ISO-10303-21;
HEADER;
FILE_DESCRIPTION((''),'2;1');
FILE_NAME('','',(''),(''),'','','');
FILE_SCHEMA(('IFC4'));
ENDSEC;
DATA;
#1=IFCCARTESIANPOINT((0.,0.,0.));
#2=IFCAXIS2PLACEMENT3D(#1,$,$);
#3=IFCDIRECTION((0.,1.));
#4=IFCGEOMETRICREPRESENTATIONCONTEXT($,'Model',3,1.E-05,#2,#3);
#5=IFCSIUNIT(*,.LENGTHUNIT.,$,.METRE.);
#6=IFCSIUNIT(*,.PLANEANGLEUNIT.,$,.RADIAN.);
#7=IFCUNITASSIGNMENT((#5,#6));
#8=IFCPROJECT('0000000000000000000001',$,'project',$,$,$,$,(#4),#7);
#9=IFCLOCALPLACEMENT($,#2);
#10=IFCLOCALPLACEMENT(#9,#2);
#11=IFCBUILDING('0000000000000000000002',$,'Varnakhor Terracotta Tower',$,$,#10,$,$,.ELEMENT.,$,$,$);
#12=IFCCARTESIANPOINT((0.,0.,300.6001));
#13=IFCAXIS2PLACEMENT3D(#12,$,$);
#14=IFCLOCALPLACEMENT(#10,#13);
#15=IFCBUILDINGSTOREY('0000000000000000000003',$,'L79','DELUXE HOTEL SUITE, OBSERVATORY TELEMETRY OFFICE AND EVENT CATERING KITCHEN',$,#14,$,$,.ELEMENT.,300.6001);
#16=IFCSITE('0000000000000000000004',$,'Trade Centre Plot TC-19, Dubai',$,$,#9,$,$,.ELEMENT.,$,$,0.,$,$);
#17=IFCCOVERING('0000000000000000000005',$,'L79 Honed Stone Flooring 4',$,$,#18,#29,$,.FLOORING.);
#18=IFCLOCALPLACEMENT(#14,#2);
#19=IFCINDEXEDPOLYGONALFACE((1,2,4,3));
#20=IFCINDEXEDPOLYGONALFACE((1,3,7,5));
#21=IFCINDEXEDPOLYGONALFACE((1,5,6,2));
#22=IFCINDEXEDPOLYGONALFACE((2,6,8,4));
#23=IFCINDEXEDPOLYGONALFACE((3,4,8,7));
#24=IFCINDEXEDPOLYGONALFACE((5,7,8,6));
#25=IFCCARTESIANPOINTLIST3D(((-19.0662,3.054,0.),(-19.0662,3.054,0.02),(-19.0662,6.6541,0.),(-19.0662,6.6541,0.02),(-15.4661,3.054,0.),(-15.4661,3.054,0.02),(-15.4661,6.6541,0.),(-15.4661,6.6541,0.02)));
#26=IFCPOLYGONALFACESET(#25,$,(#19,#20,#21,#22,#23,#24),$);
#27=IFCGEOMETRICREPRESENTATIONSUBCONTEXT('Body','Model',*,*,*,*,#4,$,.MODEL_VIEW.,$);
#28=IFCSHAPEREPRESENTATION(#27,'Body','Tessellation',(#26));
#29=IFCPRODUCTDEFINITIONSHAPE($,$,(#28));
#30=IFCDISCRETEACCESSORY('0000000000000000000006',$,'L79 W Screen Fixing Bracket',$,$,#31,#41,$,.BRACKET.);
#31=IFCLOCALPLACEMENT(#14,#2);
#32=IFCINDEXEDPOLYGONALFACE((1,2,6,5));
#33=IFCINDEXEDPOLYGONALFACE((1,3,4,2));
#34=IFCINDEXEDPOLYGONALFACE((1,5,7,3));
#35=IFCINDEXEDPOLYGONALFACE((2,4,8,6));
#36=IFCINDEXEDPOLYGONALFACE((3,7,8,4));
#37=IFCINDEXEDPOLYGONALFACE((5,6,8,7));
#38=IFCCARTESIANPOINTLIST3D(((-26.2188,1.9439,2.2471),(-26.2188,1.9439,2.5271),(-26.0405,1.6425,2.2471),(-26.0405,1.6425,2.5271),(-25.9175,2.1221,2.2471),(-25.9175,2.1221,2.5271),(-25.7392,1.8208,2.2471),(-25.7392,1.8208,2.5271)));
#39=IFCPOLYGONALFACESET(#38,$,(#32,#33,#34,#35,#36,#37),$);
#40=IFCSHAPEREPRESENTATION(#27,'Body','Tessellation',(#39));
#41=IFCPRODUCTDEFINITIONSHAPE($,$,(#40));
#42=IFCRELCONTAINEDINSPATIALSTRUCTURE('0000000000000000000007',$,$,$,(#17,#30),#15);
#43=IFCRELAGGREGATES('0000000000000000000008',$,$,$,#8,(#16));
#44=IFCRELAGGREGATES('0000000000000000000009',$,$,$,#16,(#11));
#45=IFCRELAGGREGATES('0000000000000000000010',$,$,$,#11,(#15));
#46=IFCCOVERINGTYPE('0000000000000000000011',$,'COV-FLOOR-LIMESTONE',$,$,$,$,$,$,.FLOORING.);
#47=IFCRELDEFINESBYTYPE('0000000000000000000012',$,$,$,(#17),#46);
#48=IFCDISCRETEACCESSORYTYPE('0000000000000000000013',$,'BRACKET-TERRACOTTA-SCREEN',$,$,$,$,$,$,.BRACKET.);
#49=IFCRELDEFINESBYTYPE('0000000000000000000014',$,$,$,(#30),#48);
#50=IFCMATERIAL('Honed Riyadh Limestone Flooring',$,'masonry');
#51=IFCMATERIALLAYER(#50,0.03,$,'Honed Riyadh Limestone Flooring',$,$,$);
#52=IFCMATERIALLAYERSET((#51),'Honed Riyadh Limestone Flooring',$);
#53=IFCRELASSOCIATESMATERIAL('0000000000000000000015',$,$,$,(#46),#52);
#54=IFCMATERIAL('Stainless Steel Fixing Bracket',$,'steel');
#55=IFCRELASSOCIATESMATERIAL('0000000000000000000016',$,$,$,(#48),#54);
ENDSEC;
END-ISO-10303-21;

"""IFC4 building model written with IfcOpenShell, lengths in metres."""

from ifc_helpers import new_model, si_unit, direction, frame, origin, origin_2d, place, context, subcontext, project, spatial, rectangle, extrude, source, transform, mapped, material, layer, layer_set, type_object, type_shapes, element, save


model = new_model("IFC4")

# Units and contexts
model_context = context("Model", 3, precision=1e-05, world=origin(), true_north=direction((0.0, 1.0)))
body_context = subcontext(model_context, "Body", "Model", "MODEL_VIEW")
ifc_project = project(units=[si_unit("LENGTHUNIT", "METRE"), si_unit("PLANEANGLEUNIT", "RADIAN")], contexts=[model_context])

# Site, building, storey
site_placement = place(None, origin())
site = spatial("IfcSite", under=ifc_project, at=site_placement, Name="Trade Centre Plot TC-19, Dubai", CompositionType="ELEMENT", RefElevation=0.0)
building_placement = place(site_placement, origin())
building = spatial("IfcBuilding", under=site, at=building_placement, Name="Varnakhor Terracotta Tower", CompositionType="ELEMENT")
storey_placement = place(building_placement, frame((0.0, 0.0, 300.6001)))
storey = spatial("IfcBuildingStorey", under=building, at=storey_placement, Name="L79", Description="DELUXE HOTEL SUITE, OBSERVATORY TELEMETRY OFFICE AND EVENT CATERING KITCHEN", CompositionType="ELEMENT", Elevation=300.6001)

# Covering
ifc_material_1 = material(Name="Honed Riyadh Limestone Flooring", Category="masonry")
ifc_layer_1 = layer(ifc_material_1, 0.03, Name="Honed Riyadh Limestone Flooring")
ifc_layer_set_1 = layer_set([ifc_layer_1], Name="Honed Riyadh Limestone Flooring")
covering_type = type_object("IfcCoveringType", Name="COV-FLOOR-LIMESTONE", PredefinedType="FLOORING", material=ifc_layer_set_1)
shared_shape_1 = source(origin(), body_context, "Body", "SweptSolid", [
    extrude(rectangle(XDim=3.6001, YDim=3.6001, at=origin_2d()), origin(), (0.0, 0.0, 1.0), 0.02),
])
covering_placement = place(storey_placement, frame((-17.2661, 4.854, 0.0), z_axis=(0.0, 0.0, 1.0), x_axis=(1.0, 0.0, 0.0)))
element("IfcCovering", 1, at=covering_placement, inside=storey, type_object=covering_type, Name="L79 Honed Stone Flooring 4", PredefinedType="FLOORING", context=body_context, shape_type="MappedRepresentation", body=[
    mapped(shared_shape_1, transform((0.0, 0.0, 0.0), scale=1.0)),
])

# Discrete accessory
ifc_material_2 = material(Name="Stainless Steel Fixing Bracket", Category="steel")
discrete_accessory_type = type_object("IfcDiscreteAccessoryType", Name="BRACKET-TERRACOTTA-SCREEN", PredefinedType="BRACKET", material=ifc_material_2)
shared_shape_2 = source(origin(), body_context, "Body", "SweptSolid", [
    extrude(rectangle(XDim=0.3501, YDim=0.3501, at=origin_2d()), origin(), (0.0, 0.0, 1.0), 0.28),
])
type_shapes(discrete_accessory_type, [shared_shape_2])
discrete_accessory_placement = place(storey_placement, frame((-25.979, 1.8823, 2.2471), z_axis=(0.0, 0.0, 1.0), x_axis=(0.509117, -0.860698, 0.0)))
element("IfcDiscreteAccessory", 2, at=discrete_accessory_placement, inside=storey, type_object=discrete_accessory_type, Name="L79 W Screen Fixing Bracket", PredefinedType="BRACKET", context=body_context, shape_type="MappedRepresentation", body=[
    mapped(shared_shape_2, transform((0.0, 0.0, 0.0), scale=1.0)),
])

save(model, "model.ifc")
